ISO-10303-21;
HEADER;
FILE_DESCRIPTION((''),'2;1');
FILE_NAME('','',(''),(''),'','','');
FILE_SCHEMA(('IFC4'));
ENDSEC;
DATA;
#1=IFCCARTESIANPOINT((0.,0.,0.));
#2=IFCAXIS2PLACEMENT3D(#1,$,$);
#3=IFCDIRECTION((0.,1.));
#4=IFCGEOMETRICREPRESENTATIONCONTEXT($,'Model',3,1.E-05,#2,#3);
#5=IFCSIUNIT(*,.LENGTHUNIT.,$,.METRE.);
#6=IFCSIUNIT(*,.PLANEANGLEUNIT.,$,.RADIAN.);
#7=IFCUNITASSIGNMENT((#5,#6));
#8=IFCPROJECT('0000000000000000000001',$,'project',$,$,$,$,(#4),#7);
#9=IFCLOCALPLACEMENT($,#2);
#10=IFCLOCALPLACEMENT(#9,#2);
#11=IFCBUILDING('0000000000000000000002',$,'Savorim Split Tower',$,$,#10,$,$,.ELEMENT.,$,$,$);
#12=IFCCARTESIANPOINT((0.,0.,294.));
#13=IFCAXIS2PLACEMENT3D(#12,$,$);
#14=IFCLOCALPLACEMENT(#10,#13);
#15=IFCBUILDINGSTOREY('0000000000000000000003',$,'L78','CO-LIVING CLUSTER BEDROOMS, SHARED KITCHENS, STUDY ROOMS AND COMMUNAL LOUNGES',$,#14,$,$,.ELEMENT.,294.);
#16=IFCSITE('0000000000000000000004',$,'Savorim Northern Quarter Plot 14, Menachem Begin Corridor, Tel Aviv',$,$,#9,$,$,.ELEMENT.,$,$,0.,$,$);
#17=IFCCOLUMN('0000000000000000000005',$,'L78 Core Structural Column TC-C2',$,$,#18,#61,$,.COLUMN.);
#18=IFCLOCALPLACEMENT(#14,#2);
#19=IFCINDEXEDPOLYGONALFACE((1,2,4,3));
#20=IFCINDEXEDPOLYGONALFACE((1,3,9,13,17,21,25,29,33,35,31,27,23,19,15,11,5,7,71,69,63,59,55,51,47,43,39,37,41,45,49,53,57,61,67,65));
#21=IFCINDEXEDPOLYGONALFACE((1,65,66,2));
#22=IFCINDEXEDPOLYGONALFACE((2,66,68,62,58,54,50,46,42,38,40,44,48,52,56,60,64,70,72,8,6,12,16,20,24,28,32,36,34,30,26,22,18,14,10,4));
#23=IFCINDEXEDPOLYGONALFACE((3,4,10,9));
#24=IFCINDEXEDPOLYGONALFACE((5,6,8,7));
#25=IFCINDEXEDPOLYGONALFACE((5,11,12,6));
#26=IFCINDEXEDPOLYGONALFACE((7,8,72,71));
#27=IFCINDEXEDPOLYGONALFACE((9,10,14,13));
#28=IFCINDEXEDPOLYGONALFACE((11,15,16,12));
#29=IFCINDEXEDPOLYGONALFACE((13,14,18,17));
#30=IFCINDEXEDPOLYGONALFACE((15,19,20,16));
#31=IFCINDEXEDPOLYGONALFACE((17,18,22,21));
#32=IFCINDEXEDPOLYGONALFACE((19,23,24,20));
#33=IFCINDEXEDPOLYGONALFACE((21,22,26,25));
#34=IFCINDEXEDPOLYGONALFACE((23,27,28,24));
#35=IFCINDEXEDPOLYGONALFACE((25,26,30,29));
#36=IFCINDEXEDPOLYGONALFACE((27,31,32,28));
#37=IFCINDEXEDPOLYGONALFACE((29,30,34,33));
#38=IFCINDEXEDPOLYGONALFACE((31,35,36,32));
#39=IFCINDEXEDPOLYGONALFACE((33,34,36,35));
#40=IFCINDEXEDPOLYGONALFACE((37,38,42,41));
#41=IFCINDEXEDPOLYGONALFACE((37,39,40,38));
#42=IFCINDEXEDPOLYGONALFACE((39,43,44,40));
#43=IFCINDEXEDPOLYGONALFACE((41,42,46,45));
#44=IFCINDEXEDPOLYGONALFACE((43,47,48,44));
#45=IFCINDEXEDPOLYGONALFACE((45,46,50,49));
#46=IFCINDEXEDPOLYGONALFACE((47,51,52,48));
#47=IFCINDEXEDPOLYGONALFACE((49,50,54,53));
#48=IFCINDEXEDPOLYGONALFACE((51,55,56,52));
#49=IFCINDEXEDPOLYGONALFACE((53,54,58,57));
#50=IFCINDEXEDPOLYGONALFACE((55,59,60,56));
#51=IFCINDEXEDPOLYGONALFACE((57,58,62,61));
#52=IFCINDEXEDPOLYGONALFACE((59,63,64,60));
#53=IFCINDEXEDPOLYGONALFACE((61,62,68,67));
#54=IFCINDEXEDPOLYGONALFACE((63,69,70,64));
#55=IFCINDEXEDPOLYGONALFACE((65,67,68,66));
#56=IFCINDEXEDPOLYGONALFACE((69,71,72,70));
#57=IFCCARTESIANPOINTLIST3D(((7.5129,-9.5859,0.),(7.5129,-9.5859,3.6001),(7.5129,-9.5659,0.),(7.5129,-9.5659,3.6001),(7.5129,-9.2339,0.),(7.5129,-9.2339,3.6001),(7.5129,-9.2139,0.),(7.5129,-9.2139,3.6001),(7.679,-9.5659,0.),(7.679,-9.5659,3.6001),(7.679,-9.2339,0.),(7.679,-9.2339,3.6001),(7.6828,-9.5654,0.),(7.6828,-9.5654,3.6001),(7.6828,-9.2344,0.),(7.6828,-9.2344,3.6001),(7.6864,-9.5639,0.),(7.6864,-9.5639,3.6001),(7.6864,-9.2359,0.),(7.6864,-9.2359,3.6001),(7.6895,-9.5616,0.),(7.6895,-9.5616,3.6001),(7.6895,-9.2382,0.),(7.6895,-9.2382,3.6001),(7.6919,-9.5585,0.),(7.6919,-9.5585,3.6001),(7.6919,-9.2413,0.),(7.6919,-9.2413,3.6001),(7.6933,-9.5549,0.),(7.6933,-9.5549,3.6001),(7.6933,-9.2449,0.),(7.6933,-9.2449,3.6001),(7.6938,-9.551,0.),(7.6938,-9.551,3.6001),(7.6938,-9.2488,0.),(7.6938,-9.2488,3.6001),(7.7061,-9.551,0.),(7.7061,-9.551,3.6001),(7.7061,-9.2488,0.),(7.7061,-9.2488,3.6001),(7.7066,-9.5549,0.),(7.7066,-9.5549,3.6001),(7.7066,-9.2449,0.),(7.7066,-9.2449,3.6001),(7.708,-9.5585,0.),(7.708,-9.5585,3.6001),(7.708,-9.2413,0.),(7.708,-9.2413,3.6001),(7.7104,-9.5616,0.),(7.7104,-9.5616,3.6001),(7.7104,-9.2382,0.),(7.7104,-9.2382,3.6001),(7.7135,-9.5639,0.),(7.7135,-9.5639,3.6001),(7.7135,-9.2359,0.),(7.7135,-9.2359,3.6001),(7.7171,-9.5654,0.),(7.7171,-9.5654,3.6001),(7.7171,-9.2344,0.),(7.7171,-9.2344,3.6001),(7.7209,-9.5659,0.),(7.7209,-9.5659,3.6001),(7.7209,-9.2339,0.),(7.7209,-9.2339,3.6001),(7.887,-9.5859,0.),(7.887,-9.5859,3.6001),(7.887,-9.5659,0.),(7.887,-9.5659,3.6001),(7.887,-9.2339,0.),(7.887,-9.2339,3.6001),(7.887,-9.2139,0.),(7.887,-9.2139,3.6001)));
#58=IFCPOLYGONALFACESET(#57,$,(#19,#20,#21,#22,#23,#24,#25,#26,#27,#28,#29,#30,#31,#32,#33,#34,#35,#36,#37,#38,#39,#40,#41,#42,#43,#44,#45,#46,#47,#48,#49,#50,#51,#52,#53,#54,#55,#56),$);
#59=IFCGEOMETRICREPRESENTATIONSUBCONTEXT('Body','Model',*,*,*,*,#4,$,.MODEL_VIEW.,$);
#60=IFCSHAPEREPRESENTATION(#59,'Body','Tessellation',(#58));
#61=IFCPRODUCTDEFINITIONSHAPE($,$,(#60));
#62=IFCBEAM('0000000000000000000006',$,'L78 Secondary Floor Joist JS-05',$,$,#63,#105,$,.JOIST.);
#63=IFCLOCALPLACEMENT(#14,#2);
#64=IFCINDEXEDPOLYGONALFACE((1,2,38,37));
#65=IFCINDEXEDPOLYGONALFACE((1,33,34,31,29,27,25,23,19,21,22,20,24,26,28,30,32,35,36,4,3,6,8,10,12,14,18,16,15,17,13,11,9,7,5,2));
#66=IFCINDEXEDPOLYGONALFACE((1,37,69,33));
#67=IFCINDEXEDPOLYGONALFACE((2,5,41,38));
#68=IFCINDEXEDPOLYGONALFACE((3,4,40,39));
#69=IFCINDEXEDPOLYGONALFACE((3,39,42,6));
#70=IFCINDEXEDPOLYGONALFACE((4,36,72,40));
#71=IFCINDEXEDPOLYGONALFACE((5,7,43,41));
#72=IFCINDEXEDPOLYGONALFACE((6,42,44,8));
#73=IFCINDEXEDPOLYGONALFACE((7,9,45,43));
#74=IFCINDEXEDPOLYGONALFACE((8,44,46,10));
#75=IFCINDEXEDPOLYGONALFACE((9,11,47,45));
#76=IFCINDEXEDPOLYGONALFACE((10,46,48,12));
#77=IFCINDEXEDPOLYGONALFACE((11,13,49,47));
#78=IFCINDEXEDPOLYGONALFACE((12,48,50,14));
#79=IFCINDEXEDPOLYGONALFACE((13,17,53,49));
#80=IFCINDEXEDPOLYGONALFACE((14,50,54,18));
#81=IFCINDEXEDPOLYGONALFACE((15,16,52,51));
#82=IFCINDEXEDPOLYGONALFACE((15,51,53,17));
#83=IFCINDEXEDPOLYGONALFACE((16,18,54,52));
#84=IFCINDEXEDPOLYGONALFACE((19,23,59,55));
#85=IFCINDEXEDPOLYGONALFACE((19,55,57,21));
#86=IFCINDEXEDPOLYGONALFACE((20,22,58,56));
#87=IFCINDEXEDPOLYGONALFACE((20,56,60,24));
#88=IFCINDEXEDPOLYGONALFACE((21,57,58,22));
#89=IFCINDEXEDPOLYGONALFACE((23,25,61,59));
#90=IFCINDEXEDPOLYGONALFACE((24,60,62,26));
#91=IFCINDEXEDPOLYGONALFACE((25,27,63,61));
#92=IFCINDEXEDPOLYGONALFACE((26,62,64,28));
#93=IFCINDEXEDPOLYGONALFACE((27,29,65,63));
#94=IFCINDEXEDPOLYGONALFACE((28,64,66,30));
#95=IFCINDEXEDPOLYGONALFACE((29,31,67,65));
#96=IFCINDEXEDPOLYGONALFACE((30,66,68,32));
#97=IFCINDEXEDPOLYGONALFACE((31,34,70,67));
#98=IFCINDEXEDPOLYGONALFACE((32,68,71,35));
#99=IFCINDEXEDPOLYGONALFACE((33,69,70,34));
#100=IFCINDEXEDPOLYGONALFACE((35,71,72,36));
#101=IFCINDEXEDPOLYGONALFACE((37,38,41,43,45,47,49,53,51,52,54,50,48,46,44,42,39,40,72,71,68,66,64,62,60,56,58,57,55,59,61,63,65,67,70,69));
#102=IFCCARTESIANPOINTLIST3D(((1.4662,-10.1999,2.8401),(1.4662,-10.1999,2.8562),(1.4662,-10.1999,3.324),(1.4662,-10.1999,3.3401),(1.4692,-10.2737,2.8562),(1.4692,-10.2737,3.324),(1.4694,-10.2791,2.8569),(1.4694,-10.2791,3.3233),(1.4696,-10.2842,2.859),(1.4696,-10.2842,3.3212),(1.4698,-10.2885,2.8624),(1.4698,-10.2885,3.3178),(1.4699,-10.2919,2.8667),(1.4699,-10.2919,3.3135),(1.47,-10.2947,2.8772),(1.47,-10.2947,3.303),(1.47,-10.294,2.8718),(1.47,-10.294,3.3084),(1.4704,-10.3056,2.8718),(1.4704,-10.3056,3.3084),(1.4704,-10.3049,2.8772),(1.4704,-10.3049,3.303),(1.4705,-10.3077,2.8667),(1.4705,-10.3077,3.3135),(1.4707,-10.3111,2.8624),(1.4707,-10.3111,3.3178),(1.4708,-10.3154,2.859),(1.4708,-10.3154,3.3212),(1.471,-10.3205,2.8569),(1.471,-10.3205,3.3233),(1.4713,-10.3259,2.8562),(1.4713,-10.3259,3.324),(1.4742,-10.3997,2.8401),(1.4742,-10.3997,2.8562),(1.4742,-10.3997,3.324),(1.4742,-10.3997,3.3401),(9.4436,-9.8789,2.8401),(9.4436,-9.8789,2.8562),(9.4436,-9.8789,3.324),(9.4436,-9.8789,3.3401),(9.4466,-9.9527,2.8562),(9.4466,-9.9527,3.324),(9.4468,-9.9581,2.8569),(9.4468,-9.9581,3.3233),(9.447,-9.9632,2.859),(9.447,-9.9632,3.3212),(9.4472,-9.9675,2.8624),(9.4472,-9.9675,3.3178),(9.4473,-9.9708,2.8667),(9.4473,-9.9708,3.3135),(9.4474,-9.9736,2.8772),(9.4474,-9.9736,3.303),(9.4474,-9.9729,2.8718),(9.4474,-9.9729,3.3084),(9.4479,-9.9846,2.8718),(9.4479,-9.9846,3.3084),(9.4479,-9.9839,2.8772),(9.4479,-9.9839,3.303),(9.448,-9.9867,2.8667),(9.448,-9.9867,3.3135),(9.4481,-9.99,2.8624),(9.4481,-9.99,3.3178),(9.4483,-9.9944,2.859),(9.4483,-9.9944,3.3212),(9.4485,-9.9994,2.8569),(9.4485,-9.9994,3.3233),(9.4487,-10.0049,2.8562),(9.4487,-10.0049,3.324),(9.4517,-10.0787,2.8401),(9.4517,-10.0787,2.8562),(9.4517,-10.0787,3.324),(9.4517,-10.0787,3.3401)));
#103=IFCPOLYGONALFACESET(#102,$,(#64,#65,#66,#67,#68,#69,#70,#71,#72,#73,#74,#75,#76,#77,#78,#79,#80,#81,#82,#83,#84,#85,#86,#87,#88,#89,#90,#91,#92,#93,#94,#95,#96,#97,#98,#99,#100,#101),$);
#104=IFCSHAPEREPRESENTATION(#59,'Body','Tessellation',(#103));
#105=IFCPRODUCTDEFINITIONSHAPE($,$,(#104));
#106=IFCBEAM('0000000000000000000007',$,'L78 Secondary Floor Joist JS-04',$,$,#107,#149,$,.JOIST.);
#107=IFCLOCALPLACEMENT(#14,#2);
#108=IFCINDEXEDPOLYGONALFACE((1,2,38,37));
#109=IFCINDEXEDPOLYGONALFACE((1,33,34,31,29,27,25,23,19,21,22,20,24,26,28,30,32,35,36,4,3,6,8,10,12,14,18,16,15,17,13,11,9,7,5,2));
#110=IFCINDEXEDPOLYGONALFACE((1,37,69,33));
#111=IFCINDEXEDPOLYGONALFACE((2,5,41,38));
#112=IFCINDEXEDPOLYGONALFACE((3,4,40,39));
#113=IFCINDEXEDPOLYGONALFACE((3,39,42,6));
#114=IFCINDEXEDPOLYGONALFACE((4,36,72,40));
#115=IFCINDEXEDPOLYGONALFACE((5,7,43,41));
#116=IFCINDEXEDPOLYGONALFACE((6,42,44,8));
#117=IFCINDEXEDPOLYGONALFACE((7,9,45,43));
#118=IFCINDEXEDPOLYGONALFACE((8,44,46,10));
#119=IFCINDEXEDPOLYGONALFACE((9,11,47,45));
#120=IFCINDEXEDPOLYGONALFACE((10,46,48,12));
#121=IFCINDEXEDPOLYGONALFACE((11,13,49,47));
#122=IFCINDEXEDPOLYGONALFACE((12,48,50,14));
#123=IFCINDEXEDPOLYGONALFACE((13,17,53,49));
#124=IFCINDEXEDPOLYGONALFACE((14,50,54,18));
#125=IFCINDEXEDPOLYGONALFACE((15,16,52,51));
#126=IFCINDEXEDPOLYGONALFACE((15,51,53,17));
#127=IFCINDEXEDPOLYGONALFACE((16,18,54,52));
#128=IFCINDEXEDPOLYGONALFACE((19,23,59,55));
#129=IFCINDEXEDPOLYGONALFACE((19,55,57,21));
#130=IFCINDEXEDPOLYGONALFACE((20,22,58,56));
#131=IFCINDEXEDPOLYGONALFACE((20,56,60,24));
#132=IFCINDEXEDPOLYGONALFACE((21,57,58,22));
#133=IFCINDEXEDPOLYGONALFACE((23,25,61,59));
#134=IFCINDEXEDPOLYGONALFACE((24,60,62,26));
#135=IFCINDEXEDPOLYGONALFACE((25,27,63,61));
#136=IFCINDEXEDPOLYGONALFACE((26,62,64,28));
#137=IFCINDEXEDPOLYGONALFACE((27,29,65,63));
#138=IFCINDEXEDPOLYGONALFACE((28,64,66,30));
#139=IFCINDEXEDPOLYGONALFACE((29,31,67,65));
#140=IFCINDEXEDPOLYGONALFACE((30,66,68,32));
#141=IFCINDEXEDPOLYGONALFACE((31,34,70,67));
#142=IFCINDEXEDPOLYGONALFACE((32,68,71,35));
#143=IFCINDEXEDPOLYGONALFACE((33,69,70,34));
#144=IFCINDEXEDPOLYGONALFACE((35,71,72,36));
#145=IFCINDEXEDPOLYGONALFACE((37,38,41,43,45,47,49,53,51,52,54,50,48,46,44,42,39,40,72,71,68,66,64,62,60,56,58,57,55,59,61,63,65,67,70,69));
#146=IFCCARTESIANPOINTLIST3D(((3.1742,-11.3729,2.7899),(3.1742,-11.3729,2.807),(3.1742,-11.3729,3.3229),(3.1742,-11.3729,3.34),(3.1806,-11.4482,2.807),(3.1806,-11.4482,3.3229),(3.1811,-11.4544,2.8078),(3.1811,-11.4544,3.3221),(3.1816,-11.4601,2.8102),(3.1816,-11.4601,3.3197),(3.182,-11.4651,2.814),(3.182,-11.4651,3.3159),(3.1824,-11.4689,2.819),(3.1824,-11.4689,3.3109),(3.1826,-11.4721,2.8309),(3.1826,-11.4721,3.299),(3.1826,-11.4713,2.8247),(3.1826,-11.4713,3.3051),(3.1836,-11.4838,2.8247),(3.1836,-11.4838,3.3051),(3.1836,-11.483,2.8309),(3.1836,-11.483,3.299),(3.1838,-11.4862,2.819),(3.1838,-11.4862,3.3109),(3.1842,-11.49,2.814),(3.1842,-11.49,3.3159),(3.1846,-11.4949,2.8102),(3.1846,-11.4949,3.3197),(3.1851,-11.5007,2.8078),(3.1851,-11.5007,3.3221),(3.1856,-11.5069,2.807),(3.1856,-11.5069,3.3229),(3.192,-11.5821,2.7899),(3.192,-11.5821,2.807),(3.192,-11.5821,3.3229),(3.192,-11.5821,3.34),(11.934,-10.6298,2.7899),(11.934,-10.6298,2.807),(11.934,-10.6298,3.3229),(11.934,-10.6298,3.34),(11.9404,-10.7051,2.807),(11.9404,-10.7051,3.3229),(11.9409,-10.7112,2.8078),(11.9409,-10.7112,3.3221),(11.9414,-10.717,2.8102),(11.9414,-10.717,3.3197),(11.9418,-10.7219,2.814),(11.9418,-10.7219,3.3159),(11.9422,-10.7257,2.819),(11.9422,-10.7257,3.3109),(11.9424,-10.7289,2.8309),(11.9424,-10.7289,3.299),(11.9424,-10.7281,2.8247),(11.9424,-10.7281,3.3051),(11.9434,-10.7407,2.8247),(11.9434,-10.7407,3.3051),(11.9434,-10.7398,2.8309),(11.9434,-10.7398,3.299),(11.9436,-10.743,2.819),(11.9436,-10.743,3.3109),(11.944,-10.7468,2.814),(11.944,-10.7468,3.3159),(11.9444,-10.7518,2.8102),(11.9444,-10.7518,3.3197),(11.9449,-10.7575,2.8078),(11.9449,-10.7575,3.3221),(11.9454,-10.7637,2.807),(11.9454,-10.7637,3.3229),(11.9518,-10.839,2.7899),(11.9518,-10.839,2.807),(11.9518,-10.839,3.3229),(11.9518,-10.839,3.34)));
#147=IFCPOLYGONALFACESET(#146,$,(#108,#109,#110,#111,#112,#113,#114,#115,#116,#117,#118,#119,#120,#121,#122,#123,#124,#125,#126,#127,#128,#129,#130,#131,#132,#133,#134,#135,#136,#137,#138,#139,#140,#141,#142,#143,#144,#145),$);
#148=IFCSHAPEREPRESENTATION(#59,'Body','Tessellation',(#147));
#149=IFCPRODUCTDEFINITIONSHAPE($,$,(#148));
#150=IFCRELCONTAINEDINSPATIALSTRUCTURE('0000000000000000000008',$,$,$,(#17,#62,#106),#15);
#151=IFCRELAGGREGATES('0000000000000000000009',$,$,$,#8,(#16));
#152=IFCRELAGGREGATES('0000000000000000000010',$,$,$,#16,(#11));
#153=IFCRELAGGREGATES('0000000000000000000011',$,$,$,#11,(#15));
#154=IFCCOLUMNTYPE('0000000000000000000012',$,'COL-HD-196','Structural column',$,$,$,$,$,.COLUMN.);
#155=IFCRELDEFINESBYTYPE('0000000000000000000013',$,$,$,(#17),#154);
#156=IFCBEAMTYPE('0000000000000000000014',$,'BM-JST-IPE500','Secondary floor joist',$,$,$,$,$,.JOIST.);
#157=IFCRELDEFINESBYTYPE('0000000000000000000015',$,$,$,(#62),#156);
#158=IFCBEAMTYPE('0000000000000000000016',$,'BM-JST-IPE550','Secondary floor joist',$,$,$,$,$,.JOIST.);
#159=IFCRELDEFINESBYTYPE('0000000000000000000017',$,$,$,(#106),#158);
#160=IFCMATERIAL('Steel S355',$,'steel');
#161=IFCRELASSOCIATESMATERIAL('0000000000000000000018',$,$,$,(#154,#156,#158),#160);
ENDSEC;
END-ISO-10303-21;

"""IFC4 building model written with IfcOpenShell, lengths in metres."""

from ifc_helpers import new_model, si_unit, direction, frame, origin, origin_2d, place, context, subcontext, project, spatial, i_section, extrude, material, material_profile, profile_set, type_object, element, save


model = new_model("IFC4")

# Units and contexts
model_context = context("Model", 3, precision=1e-05, world=origin(), true_north=direction((0.0, 1.0)))
body_context = subcontext(model_context, "Body", "Model", "MODEL_VIEW")
ifc_project = project(units=[si_unit("LENGTHUNIT", "METRE"), si_unit("PLANEANGLEUNIT", "RADIAN")], contexts=[model_context])

# Site, building, storey
site_placement = place(None, origin())
site = spatial("IfcSite", under=ifc_project, at=site_placement, Name="Savorim Northern Quarter Plot 14, Menachem Begin Corridor, Tel Aviv", CompositionType="ELEMENT", RefElevation=0.0)
building_placement = place(site_placement, origin())
building = spatial("IfcBuilding", under=site, at=building_placement, Name="Savorim Split Tower", CompositionType="ELEMENT")
storey_placement = place(building_placement, frame((0.0, 0.0, 294.0)))
storey = spatial("IfcBuildingStorey", under=building, at=storey_placement, Name="L78", Description="CO-LIVING CLUSTER BEDROOMS, SHARED KITCHENS, STUDY ROOMS AND COMMUNAL LOUNGES", CompositionType="ELEMENT", Elevation=294.0)

# Column
ifc_material_1 = material(Name="Steel S355", Category="steel")
ifc_material_profile_1 = material_profile(ifc_material_1, i_section(OverallWidth=0.374, OverallDepth=0.3721, WebThickness=0.0122, FlangeThickness=0.02, FilletRadius=0.0149, at=origin_2d()), Name="HD 360x196")
ifc_profile_set_1 = profile_set([ifc_material_profile_1], Name="Steel S355")
column_type = type_object("IfcColumnType", Name="COL-HD-196", Description="Structural column", PredefinedType="COLUMN", material=ifc_profile_set_1)
column_placement = place(storey_placement, frame((7.7, -9.3999, 0.0), z_axis=(0.0, 0.0, 1.0), x_axis=(1.0, 0.0, 0.0)))
element("IfcColumn", 1, at=column_placement, inside=storey, type_object=column_type, Name="L78 Core Structural Column TC-C2", PredefinedType="COLUMN", context=body_context, shape_type="SweptSolid", body=[
    extrude(i_section(OverallWidth=0.374, OverallDepth=0.3721, WebThickness=0.0122, FlangeThickness=0.02, FilletRadius=0.0149, at=origin_2d()), origin(), (0.0, 0.0, 1.0), 3.6001),
])

# Beams
ifc_material_profile_2 = material_profile(ifc_material_1, i_section(OverallWidth=0.2, OverallDepth=0.5, WebThickness=0.0103, FlangeThickness=0.0161, FilletRadius=0.021, at=origin_2d()), Name="IPE 500")
ifc_profile_set_2 = profile_set([ifc_material_profile_2], Name="Steel S355")
beam_type_1 = type_object("IfcBeamType", Name="BM-JST-IPE500", Description="Secondary floor joist", PredefinedType="JOIST", material=ifc_profile_set_2)
beam_1_placement = place(storey_placement, frame((1.4702, -10.2998, 3.0901), z_axis=(0.999191, 0.040211, 0.0), x_axis=(-0.040211, 0.999191, 0.0)))
element("IfcBeam", 2, at=beam_1_placement, inside=storey, type_object=beam_type_1, Name="L78 Secondary Floor Joist JS-05", PredefinedType="JOIST", context=body_context, shape_type="SweptSolid", body=[
    extrude(i_section(OverallWidth=0.2, OverallDepth=0.5, WebThickness=0.0103, FlangeThickness=0.0161, FilletRadius=0.021, at=origin_2d()), origin(), (0.0, 0.0, 1.0), 7.9839),
])
ifc_material_profile_3 = material_profile(ifc_material_1, i_section(OverallWidth=0.21, OverallDepth=0.55, WebThickness=0.011, FlangeThickness=0.0171, FilletRadius=0.0239, at=origin_2d()), Name="IPE 550")
ifc_profile_set_3 = profile_set([ifc_material_profile_3], Name="Steel S355")
beam_type_2 = type_object("IfcBeamType", Name="BM-JST-IPE550", Description="Secondary floor joist", PredefinedType="JOIST", material=ifc_profile_set_3)
beam_2_placement = place(storey_placement, frame((3.1831, -11.4775, 3.0649), z_axis=(0.996421, 0.084535, 0.0), x_axis=(-0.084535, 0.996421, 0.0)))
element("IfcBeam", 3, at=beam_2_placement, inside=storey, type_object=beam_type_2, Name="L78 Secondary Floor Joist JS-04", PredefinedType="JOIST", context=body_context, shape_type="SweptSolid", body=[
    extrude(i_section(OverallWidth=0.21, OverallDepth=0.55, WebThickness=0.011, FlangeThickness=0.0171, FilletRadius=0.0239, at=origin_2d()), origin(), (0.0, 0.0, 1.0), 8.7913),
])

save(model, "model.ifc")
